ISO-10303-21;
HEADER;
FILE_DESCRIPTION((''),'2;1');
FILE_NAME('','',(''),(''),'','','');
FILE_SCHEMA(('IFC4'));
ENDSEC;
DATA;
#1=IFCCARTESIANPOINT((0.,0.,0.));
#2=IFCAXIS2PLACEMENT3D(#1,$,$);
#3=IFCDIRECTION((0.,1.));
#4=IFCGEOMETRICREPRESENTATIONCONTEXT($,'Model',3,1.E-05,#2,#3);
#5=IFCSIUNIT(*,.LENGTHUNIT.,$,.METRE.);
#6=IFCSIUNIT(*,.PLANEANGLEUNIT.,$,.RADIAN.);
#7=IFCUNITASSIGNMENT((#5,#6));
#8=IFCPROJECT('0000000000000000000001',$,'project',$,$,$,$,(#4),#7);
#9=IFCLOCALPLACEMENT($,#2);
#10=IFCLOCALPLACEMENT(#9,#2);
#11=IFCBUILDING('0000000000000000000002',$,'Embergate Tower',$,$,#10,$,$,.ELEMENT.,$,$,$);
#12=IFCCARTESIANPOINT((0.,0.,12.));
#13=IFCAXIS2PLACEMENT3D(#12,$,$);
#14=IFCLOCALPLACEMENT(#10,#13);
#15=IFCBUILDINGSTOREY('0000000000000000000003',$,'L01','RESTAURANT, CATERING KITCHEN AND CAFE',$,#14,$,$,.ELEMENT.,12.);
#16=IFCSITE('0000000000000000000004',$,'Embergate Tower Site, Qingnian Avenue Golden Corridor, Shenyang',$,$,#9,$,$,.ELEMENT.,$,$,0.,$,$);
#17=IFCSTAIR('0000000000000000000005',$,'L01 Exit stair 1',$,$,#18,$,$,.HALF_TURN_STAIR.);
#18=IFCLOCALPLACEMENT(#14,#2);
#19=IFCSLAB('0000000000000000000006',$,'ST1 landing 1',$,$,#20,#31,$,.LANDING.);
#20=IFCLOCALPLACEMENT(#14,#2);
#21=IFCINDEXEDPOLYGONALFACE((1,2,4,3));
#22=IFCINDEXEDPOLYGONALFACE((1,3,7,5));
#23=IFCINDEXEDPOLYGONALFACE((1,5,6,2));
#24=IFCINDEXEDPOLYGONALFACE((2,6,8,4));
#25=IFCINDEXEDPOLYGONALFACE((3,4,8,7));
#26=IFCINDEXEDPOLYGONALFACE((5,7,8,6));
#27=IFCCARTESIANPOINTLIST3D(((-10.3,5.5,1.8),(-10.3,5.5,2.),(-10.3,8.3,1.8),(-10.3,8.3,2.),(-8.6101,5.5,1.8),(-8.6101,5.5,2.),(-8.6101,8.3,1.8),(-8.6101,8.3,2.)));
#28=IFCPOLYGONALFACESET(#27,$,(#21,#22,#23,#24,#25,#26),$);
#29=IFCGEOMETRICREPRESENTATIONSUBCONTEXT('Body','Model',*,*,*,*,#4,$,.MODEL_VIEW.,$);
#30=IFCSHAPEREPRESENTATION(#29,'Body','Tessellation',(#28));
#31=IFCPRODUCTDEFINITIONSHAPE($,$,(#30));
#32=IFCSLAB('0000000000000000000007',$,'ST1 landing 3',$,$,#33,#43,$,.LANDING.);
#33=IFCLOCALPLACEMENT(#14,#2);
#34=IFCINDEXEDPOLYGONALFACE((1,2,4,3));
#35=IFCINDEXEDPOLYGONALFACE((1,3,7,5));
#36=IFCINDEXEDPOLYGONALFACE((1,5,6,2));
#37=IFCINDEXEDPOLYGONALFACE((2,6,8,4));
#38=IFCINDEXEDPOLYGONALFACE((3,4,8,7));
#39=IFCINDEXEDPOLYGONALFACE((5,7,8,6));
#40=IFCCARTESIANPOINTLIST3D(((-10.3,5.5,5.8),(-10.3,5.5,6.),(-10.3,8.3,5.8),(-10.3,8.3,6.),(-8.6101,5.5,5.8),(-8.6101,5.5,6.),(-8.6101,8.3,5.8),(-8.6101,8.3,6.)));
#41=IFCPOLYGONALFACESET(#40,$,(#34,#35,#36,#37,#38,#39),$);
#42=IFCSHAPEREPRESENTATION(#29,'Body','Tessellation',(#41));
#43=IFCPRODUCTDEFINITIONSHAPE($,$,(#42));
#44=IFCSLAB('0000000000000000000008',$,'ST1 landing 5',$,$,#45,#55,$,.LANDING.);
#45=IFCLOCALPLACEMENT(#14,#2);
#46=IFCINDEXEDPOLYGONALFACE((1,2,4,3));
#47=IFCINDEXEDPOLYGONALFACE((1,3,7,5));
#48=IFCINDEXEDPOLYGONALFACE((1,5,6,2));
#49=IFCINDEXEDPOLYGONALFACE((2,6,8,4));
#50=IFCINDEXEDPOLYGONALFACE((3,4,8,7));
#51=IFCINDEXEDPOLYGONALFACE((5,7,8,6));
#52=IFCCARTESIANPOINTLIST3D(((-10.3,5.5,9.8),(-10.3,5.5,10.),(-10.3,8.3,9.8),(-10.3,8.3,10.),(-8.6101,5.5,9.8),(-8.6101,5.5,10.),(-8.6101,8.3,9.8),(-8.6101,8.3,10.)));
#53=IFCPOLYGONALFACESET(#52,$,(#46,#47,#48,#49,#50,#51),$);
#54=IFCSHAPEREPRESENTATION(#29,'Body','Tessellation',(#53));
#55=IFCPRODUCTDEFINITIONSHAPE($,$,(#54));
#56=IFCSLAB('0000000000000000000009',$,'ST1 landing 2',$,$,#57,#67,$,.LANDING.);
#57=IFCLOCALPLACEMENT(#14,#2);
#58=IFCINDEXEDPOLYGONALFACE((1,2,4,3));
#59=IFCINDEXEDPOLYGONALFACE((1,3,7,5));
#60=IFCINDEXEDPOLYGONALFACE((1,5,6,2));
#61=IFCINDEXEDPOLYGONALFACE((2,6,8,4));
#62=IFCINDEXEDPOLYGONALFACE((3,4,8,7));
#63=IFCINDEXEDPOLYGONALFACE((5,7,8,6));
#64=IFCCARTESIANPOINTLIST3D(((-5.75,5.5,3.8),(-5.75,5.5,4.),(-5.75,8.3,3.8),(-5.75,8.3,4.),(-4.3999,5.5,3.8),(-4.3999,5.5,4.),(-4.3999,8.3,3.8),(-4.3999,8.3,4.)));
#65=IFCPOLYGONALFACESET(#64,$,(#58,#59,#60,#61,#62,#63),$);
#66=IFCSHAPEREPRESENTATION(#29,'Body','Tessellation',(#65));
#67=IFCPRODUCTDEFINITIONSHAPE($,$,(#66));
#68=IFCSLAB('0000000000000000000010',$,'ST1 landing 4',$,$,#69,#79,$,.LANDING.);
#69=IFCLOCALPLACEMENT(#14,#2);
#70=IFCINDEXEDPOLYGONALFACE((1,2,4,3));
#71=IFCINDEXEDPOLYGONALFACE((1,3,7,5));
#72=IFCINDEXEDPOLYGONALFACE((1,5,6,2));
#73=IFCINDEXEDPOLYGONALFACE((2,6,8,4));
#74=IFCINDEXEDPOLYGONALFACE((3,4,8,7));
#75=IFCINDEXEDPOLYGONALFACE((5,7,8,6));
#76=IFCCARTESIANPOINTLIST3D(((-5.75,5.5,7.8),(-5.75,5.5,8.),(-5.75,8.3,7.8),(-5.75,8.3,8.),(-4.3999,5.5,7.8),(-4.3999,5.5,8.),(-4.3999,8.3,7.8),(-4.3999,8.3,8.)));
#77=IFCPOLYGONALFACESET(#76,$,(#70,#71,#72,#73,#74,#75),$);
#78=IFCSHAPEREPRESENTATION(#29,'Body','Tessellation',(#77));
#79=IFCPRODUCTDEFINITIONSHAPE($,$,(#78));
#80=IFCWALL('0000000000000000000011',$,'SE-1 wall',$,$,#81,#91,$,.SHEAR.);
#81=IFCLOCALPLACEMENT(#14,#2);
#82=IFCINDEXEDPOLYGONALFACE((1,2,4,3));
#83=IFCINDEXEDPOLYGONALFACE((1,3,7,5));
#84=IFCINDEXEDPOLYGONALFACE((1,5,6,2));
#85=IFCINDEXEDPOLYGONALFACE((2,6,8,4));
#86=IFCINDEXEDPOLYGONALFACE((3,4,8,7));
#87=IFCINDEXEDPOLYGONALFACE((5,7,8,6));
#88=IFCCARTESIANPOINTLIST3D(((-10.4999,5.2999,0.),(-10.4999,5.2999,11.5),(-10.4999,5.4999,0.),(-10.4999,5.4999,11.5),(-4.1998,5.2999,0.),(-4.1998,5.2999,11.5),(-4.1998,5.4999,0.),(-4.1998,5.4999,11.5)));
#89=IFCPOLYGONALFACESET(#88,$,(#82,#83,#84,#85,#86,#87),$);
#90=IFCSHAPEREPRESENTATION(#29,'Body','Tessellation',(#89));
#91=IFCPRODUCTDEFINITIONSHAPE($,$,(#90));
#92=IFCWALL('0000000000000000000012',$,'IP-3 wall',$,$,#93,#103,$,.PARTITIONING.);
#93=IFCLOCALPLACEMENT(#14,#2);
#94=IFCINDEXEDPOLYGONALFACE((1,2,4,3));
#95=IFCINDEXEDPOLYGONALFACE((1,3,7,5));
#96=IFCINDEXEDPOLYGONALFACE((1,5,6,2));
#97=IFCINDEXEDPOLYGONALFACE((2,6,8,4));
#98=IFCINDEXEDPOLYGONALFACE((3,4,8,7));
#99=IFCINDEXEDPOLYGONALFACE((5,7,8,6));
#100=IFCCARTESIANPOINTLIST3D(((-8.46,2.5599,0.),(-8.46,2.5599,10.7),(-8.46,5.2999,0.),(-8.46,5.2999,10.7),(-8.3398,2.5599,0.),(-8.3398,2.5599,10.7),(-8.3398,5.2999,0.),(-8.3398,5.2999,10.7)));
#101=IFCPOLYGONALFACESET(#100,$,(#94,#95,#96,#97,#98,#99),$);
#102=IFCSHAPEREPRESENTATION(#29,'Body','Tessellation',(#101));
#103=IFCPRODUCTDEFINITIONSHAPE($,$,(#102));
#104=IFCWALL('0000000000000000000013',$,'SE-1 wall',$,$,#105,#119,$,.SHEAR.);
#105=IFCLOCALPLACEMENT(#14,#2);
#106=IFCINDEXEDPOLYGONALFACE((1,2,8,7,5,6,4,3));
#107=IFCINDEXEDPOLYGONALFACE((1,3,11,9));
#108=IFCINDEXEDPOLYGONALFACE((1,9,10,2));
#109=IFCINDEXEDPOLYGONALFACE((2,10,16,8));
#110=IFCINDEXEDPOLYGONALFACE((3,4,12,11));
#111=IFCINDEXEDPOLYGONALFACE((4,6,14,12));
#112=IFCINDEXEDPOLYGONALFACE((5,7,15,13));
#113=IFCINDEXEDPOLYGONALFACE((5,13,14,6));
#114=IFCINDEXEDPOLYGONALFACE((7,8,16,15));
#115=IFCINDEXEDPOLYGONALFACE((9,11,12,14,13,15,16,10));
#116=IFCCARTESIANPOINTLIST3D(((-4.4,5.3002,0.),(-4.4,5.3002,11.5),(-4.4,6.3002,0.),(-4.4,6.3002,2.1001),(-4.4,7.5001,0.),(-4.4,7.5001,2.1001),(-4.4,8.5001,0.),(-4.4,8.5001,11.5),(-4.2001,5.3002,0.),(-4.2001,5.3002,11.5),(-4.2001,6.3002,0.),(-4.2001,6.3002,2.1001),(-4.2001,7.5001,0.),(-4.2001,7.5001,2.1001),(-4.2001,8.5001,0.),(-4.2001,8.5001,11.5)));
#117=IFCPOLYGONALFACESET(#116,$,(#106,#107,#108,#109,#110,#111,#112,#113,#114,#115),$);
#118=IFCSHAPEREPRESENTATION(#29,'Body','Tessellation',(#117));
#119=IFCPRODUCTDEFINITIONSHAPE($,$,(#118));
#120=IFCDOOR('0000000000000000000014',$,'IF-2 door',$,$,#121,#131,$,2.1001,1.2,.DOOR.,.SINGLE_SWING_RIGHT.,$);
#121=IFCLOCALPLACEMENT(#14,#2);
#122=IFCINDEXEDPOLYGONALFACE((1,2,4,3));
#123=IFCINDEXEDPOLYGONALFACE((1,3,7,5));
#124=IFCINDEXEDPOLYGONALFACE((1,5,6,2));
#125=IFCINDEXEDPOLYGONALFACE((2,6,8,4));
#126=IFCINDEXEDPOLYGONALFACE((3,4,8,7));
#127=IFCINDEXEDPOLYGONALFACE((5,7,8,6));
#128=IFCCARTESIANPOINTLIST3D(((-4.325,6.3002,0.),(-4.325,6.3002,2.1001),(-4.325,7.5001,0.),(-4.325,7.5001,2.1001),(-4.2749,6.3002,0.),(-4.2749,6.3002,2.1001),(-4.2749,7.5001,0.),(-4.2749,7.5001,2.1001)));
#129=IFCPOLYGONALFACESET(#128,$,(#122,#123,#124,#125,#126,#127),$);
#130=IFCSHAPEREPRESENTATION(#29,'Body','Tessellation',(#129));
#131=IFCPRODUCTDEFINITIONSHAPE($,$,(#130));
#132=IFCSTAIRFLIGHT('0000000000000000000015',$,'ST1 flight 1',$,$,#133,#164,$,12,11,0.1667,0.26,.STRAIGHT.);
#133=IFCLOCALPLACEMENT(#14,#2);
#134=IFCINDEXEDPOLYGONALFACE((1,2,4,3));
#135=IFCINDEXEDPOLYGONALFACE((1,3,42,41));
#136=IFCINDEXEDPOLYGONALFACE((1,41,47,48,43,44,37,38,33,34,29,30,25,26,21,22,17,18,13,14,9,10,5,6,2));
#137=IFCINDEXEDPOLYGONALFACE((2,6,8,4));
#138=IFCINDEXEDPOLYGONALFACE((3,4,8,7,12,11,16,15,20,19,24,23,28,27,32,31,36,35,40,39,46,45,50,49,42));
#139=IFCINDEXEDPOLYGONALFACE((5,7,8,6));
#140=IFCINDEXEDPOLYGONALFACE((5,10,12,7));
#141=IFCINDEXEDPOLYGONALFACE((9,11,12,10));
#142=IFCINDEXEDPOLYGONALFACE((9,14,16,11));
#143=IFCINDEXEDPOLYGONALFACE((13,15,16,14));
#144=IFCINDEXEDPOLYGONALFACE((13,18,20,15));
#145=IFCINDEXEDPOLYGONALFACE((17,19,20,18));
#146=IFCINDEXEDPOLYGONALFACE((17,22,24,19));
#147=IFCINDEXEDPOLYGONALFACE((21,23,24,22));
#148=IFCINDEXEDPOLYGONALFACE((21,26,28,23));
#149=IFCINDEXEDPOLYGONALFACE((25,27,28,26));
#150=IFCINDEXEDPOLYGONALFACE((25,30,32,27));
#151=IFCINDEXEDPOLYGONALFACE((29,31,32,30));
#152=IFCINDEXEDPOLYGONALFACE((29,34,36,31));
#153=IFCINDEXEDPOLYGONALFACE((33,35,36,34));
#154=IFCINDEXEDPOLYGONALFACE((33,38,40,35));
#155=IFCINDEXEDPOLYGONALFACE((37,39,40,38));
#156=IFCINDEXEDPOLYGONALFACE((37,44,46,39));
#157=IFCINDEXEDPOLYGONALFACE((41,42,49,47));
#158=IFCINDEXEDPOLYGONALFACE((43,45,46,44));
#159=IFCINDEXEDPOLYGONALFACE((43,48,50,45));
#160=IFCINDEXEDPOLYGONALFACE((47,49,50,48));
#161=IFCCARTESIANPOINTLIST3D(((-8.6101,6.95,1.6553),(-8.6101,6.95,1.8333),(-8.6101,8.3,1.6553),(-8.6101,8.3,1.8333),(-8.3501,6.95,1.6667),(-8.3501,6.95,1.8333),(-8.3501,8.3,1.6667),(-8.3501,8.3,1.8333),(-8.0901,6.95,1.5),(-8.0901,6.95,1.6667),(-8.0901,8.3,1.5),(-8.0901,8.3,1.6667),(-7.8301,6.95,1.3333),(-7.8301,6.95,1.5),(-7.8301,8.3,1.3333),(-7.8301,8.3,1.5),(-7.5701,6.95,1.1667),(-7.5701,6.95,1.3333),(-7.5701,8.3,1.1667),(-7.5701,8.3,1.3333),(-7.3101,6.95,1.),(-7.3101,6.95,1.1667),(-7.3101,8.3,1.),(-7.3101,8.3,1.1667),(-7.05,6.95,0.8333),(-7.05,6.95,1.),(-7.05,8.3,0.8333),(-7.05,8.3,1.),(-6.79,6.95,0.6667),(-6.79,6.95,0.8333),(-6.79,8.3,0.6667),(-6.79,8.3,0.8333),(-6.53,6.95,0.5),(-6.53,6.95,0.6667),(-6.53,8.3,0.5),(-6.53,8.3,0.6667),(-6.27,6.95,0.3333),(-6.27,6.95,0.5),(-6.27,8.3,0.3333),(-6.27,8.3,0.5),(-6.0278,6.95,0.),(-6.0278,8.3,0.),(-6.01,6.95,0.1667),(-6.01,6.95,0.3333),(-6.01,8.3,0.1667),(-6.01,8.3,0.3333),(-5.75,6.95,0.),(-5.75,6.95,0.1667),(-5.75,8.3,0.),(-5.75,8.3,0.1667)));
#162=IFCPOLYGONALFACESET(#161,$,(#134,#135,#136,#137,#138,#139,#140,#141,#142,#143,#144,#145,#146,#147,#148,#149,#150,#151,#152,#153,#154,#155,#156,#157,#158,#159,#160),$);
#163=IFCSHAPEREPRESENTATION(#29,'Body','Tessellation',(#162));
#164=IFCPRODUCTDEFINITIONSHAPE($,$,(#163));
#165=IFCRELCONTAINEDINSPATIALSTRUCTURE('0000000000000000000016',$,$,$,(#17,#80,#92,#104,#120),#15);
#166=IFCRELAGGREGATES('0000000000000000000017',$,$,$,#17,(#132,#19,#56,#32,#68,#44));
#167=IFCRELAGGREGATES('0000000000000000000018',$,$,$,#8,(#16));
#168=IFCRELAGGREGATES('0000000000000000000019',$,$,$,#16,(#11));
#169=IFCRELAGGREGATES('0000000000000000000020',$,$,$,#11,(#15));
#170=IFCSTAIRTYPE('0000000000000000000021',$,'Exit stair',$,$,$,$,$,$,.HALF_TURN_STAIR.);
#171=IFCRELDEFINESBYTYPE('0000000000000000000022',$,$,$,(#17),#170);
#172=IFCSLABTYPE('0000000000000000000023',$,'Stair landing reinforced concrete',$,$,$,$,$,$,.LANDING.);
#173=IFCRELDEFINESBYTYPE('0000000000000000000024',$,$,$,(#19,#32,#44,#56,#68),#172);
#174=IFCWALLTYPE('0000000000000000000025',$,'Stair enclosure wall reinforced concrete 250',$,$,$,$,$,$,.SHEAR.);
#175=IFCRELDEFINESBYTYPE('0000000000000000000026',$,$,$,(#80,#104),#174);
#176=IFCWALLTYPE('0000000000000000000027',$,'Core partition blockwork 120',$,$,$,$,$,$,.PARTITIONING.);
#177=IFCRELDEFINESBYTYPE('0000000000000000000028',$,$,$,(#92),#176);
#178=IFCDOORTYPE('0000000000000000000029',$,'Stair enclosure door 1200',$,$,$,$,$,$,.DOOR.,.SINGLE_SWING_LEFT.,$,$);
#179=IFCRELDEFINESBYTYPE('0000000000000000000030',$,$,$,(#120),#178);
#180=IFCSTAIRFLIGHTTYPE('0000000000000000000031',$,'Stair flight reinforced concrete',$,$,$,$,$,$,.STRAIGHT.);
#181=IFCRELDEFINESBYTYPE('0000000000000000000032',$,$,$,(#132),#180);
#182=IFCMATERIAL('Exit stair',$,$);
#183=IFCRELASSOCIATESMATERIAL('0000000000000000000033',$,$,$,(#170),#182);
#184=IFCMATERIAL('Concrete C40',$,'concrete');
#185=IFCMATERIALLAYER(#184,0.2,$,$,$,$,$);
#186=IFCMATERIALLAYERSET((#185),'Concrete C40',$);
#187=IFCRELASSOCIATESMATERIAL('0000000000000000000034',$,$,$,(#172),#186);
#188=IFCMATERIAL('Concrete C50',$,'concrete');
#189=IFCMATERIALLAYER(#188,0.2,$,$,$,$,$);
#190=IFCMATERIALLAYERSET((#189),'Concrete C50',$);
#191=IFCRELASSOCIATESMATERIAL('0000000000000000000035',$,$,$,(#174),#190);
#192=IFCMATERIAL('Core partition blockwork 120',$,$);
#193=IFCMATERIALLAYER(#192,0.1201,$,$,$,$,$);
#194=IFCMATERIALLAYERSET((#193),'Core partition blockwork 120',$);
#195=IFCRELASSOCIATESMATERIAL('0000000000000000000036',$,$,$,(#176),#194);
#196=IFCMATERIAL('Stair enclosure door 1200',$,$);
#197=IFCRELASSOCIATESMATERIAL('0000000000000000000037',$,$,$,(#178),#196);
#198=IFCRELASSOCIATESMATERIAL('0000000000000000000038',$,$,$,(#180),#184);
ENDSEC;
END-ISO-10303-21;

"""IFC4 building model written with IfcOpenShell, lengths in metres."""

from ifc_helpers import new_model, si_unit, direction, frame, frame_2d, origin, place, context, subcontext, project, spatial, polyline, rectangle, outline, extrude, source, transform, mapped, material, layer, layer_set, type_object, element, fill, aggregate, save


model = new_model("IFC4")

# Units and contexts
model_context = context("Model", 3, precision=1e-05, world=origin(), true_north=direction((0.0, 1.0)))
body_context = subcontext(model_context, "Body", "Model", "MODEL_VIEW")
ifc_project = project(units=[si_unit("LENGTHUNIT", "METRE"), si_unit("PLANEANGLEUNIT", "RADIAN")], contexts=[model_context])

# Site, building, storey
site_placement = place(None, origin())
site = spatial("IfcSite", under=ifc_project, at=site_placement, Name="Embergate Tower Site, Qingnian Avenue Golden Corridor, Shenyang", CompositionType="ELEMENT", RefElevation=0.0)
building_placement = place(site_placement, origin())
building = spatial("IfcBuilding", under=site, at=building_placement, Name="Embergate Tower", CompositionType="ELEMENT")
storey_placement = place(building_placement, frame((0.0, 0.0, 12.0)))
storey = spatial("IfcBuildingStorey", under=building, at=storey_placement, Name="L01", Description="RESTAURANT, CATERING KITCHEN AND CAFE", CompositionType="ELEMENT", Elevation=12.0)

# Stair, slabs
ifc_material_1 = material(Name="Exit stair")
stair_type = type_object("IfcStairType", Name="Exit stair", PredefinedType="HALF_TURN_STAIR", material=ifc_material_1)
stair_placement = place(storey_placement, origin())
stair = element("IfcStair", 1, at=stair_placement, inside=storey, type_object=stair_type, Name="L01 Exit stair 1", PredefinedType="HALF_TURN_STAIR")
ifc_material_2 = material(Name="Concrete C40", Category="concrete")
ifc_layer_1 = layer(ifc_material_2, 0.2)
ifc_layer_set_1 = layer_set([ifc_layer_1], Name="Concrete C40")
slab_type = type_object("IfcSlabType", Name="Stair landing reinforced concrete", PredefinedType="LANDING", material=ifc_layer_set_1)
shared_shape_1 = source(origin(), body_context, "Body", "SweptSolid", [
    extrude(outline(polyline([(0.0, 0.0), (1.6899, 0.0), (1.6899, 2.8), (0.0, 2.8), (0.0, 0.0)])), origin(), (0.0, 0.0, 1.0), 0.2),
])
slab_1_placement = place(storey_placement, frame((-10.3, 5.5, 1.8)))
slab_1 = element("IfcSlab", 2, at=slab_1_placement, type_object=slab_type, Name="ST1 landing 1", PredefinedType="LANDING", context=body_context, shape_type="MappedRepresentation", body=[
    mapped(shared_shape_1, transform((0.0, 0.0, 0.0))),
])
slab_2_placement = place(storey_placement, frame((-10.3, 5.5, 5.8)))
slab_2 = element("IfcSlab", 3, at=slab_2_placement, type_object=slab_type, Name="ST1 landing 3", PredefinedType="LANDING", context=body_context, shape_type="MappedRepresentation", body=[
    mapped(shared_shape_1, transform((0.0, 0.0, 0.0))),
])
slab_3_placement = place(storey_placement, frame((-10.3, 5.5, 9.8)))
slab_3 = element("IfcSlab", 4, at=slab_3_placement, type_object=slab_type, Name="ST1 landing 5", PredefinedType="LANDING", context=body_context, shape_type="MappedRepresentation", body=[
    mapped(shared_shape_1, transform((0.0, 0.0, 0.0))),
])
shared_shape_2 = source(origin(), body_context, "Body", "SweptSolid", [
    extrude(outline(polyline([(0.0, 0.0), (1.3501, 0.0), (1.3501, 2.8), (0.0, 2.8), (0.0, 0.0)])), origin(), (0.0, 0.0, 1.0), 0.2),
])
slab_4_placement = place(storey_placement, frame((-5.75, 5.5, 3.8)))
slab_4 = element("IfcSlab", 5, at=slab_4_placement, type_object=slab_type, Name="ST1 landing 2", PredefinedType="LANDING", context=body_context, shape_type="MappedRepresentation", body=[
    mapped(shared_shape_2, transform((0.0, 0.0, 0.0))),
])
slab_5_placement = place(storey_placement, frame((-5.75, 5.5, 7.8)))
slab_5 = element("IfcSlab", 6, at=slab_5_placement, type_object=slab_type, Name="ST1 landing 4", PredefinedType="LANDING", context=body_context, shape_type="MappedRepresentation", body=[
    mapped(shared_shape_2, transform((0.0, 0.0, 0.0))),
])

# Walls
ifc_material_3 = material(Name="Concrete C50", Category="concrete")
ifc_layer_2 = layer(ifc_material_3, 0.2)
ifc_layer_set_2 = layer_set([ifc_layer_2], Name="Concrete C50")
wall_type_1 = type_object("IfcWallType", Name="Stair enclosure wall reinforced concrete 250", PredefinedType="SHEAR", material=ifc_layer_set_2)
shared_shape_3 = source(origin(), body_context, "Body", "SweptSolid", [
    extrude(rectangle(XDim=6.3, YDim=0.2, at=frame_2d((3.1499, 0.0))), origin(), (0.0, 0.0, 1.0), 11.5),
])
wall_1_placement = place(storey_placement, frame((-4.2, 5.3999, 0.0), z_axis=(0.0, 0.0, 1.0), x_axis=(-1.0, 0.0, 0.0)))
element("IfcWall", 7, at=wall_1_placement, inside=storey, type_object=wall_type_1, Name="SE-1 wall", PredefinedType="SHEAR", context=body_context, shape_type="MappedRepresentation", body=[
    mapped(shared_shape_3, transform((0.0, 0.0, 0.0))),
])
ifc_material_4 = material(Name="Core partition blockwork 120")
ifc_layer_3 = layer(ifc_material_4, 0.1201)
ifc_layer_set_3 = layer_set([ifc_layer_3], Name="Core partition blockwork 120")
wall_type_2 = type_object("IfcWallType", Name="Core partition blockwork 120", PredefinedType="PARTITIONING", material=ifc_layer_set_3)
shared_shape_4 = source(origin(), body_context, "Body", "SweptSolid", [
    extrude(rectangle(XDim=2.74, YDim=0.1201, at=frame_2d((1.3701, 0.0))), origin(), (0.0, 0.0, 1.0), 10.7),
])
wall_2_placement = place(storey_placement, frame((-8.3999, 5.3, 0.0), z_axis=(0.0, 0.0, 1.0), x_axis=(0.0, -1.0, 0.0)))
element("IfcWall", 8, at=wall_2_placement, inside=storey, type_object=wall_type_2, Name="IP-3 wall", PredefinedType="PARTITIONING", context=body_context, shape_type="MappedRepresentation", body=[
    mapped(shared_shape_4, transform((0.0, 0.0, 0.0))),
])

# Wall, opening, door
shared_shape_5 = source(origin(), body_context, "Body", "SweptSolid", [
    extrude(rectangle(XDim=3.2, YDim=0.2, at=frame_2d((1.6001, 0.0))), origin(), (0.0, 0.0, 1.0), 11.5),
])
wall_3_placement = place(storey_placement, frame((-4.3, 5.3, 0.0), z_axis=(0.0, 0.0, 1.0), x_axis=(0.0, 1.0, 0.0)))
wall_3 = element("IfcWall", 9, at=wall_3_placement, inside=storey, type_object=wall_type_1, Name="SE-1 wall", PredefinedType="SHEAR", context=body_context, shape_type="MappedRepresentation", body=[
    mapped(shared_shape_5, transform((0.0, 0.0, 0.0))),
])
shared_shape_6 = source(origin(), body_context, "Body", "SweptSolid", [
    extrude(rectangle(XDim=1.2, YDim=2.1001, at=frame_2d((0.6001, 1.05))), frame((0.0, 0.1099, 0.0), z_axis=(0.0, -1.0, 0.0), x_axis=(1.0, 0.0, 0.0)), (0.0, 0.0, 1.0), 0.22),
])
opening_placement = place(wall_3_placement, frame((1.0, 0.0, 0.0)))
opening = element("IfcOpeningElement", 10, at=opening_placement, cuts=wall_3, PredefinedType="OPENING", context=body_context, shape_type="MappedRepresentation", body=[
    mapped(shared_shape_6, transform((0.0, 0.0, 0.0))),
])
ifc_material_5 = material(Name="Stair enclosure door 1200")
door_type = type_object("IfcDoorType", Name="Stair enclosure door 1200", OperationType="SINGLE_SWING_LEFT", PredefinedType="DOOR", material=ifc_material_5)
shared_shape_7 = source(origin(), body_context, "Body", "SweptSolid", [
    extrude(rectangle(XDim=1.2, YDim=2.1001, at=frame_2d((0.6001, 1.05))), frame((0.0, 0.0249, 0.0), z_axis=(0.0, -1.0, 0.0), x_axis=(1.0, 0.0, 0.0)), (0.0, 0.0, 1.0), 0.05),
])
door_placement = place(opening_placement, origin())
door = element("IfcDoor", 11, at=door_placement, inside=storey, type_object=door_type, Name="IF-2 door", OperationType="SINGLE_SWING_RIGHT", OverallHeight=2.1001, OverallWidth=1.2, PredefinedType="DOOR", context=body_context, shape_type="MappedRepresentation", body=[
    mapped(shared_shape_7, transform((0.0, 0.0, 0.0))),
])
fill(opening, door)

# Stair flight
stair_flight_type = type_object("IfcStairFlightType", Name="Stair flight reinforced concrete", PredefinedType="STRAIGHT", material=ifc_material_2)
shared_shape_8 = source(origin(), body_context, "Body", "SweptSolid", [
    extrude(outline(polyline([(0.0, 0.0), (0.0, 0.1667), (0.26, 0.1667), (0.26, 0.3333), (0.52, 0.3333), (0.52, 0.5), (0.78, 0.5), (0.78, 0.6667), (1.04, 0.6667), (1.04, 0.8333), (1.3, 0.8333), (1.3, 1.0), (1.5601, 1.0), (1.5601, 1.1667), (1.8201, 1.1667), (1.8201, 1.3333), (2.0801, 1.3333), (2.0801, 1.5), (2.3401, 1.5), (2.3401, 1.6667), (2.6001, 1.6667), (2.6001, 1.8333), (2.8601, 1.8333), (2.8601, 2.0), (2.8601, 1.6553), (0.2778, 0.0), (0.0, 0.0)])), frame((0.0, 0.675, 0.0), z_axis=(0.0, -1.0, 0.0), x_axis=(1.0, 0.0, 0.0)), (0.0, 0.0, 1.0), 1.3501),
])
stair_flight_1_placement = place(storey_placement, frame((-5.75, 7.625, 0.0), z_axis=(0.0, 0.0, 1.0), x_axis=(-1.0, 0.0, 0.0)))
stair_flight_1 = element("IfcStairFlight", 12, at=stair_flight_1_placement, type_object=stair_flight_type, Name="ST1 flight 1", NumberOfRisers=12, NumberOfTreads=11, PredefinedType="STRAIGHT", RiserHeight=0.1667, TreadLength=0.26, context=body_context, shape_type="MappedRepresentation", body=[
    mapped(shared_shape_8, transform((0.0, 0.0, 0.0))),
])
aggregate(stair, [stair_flight_1, slab_1, slab_4, slab_2, slab_5, slab_3])

save(model, "model.ifc")
